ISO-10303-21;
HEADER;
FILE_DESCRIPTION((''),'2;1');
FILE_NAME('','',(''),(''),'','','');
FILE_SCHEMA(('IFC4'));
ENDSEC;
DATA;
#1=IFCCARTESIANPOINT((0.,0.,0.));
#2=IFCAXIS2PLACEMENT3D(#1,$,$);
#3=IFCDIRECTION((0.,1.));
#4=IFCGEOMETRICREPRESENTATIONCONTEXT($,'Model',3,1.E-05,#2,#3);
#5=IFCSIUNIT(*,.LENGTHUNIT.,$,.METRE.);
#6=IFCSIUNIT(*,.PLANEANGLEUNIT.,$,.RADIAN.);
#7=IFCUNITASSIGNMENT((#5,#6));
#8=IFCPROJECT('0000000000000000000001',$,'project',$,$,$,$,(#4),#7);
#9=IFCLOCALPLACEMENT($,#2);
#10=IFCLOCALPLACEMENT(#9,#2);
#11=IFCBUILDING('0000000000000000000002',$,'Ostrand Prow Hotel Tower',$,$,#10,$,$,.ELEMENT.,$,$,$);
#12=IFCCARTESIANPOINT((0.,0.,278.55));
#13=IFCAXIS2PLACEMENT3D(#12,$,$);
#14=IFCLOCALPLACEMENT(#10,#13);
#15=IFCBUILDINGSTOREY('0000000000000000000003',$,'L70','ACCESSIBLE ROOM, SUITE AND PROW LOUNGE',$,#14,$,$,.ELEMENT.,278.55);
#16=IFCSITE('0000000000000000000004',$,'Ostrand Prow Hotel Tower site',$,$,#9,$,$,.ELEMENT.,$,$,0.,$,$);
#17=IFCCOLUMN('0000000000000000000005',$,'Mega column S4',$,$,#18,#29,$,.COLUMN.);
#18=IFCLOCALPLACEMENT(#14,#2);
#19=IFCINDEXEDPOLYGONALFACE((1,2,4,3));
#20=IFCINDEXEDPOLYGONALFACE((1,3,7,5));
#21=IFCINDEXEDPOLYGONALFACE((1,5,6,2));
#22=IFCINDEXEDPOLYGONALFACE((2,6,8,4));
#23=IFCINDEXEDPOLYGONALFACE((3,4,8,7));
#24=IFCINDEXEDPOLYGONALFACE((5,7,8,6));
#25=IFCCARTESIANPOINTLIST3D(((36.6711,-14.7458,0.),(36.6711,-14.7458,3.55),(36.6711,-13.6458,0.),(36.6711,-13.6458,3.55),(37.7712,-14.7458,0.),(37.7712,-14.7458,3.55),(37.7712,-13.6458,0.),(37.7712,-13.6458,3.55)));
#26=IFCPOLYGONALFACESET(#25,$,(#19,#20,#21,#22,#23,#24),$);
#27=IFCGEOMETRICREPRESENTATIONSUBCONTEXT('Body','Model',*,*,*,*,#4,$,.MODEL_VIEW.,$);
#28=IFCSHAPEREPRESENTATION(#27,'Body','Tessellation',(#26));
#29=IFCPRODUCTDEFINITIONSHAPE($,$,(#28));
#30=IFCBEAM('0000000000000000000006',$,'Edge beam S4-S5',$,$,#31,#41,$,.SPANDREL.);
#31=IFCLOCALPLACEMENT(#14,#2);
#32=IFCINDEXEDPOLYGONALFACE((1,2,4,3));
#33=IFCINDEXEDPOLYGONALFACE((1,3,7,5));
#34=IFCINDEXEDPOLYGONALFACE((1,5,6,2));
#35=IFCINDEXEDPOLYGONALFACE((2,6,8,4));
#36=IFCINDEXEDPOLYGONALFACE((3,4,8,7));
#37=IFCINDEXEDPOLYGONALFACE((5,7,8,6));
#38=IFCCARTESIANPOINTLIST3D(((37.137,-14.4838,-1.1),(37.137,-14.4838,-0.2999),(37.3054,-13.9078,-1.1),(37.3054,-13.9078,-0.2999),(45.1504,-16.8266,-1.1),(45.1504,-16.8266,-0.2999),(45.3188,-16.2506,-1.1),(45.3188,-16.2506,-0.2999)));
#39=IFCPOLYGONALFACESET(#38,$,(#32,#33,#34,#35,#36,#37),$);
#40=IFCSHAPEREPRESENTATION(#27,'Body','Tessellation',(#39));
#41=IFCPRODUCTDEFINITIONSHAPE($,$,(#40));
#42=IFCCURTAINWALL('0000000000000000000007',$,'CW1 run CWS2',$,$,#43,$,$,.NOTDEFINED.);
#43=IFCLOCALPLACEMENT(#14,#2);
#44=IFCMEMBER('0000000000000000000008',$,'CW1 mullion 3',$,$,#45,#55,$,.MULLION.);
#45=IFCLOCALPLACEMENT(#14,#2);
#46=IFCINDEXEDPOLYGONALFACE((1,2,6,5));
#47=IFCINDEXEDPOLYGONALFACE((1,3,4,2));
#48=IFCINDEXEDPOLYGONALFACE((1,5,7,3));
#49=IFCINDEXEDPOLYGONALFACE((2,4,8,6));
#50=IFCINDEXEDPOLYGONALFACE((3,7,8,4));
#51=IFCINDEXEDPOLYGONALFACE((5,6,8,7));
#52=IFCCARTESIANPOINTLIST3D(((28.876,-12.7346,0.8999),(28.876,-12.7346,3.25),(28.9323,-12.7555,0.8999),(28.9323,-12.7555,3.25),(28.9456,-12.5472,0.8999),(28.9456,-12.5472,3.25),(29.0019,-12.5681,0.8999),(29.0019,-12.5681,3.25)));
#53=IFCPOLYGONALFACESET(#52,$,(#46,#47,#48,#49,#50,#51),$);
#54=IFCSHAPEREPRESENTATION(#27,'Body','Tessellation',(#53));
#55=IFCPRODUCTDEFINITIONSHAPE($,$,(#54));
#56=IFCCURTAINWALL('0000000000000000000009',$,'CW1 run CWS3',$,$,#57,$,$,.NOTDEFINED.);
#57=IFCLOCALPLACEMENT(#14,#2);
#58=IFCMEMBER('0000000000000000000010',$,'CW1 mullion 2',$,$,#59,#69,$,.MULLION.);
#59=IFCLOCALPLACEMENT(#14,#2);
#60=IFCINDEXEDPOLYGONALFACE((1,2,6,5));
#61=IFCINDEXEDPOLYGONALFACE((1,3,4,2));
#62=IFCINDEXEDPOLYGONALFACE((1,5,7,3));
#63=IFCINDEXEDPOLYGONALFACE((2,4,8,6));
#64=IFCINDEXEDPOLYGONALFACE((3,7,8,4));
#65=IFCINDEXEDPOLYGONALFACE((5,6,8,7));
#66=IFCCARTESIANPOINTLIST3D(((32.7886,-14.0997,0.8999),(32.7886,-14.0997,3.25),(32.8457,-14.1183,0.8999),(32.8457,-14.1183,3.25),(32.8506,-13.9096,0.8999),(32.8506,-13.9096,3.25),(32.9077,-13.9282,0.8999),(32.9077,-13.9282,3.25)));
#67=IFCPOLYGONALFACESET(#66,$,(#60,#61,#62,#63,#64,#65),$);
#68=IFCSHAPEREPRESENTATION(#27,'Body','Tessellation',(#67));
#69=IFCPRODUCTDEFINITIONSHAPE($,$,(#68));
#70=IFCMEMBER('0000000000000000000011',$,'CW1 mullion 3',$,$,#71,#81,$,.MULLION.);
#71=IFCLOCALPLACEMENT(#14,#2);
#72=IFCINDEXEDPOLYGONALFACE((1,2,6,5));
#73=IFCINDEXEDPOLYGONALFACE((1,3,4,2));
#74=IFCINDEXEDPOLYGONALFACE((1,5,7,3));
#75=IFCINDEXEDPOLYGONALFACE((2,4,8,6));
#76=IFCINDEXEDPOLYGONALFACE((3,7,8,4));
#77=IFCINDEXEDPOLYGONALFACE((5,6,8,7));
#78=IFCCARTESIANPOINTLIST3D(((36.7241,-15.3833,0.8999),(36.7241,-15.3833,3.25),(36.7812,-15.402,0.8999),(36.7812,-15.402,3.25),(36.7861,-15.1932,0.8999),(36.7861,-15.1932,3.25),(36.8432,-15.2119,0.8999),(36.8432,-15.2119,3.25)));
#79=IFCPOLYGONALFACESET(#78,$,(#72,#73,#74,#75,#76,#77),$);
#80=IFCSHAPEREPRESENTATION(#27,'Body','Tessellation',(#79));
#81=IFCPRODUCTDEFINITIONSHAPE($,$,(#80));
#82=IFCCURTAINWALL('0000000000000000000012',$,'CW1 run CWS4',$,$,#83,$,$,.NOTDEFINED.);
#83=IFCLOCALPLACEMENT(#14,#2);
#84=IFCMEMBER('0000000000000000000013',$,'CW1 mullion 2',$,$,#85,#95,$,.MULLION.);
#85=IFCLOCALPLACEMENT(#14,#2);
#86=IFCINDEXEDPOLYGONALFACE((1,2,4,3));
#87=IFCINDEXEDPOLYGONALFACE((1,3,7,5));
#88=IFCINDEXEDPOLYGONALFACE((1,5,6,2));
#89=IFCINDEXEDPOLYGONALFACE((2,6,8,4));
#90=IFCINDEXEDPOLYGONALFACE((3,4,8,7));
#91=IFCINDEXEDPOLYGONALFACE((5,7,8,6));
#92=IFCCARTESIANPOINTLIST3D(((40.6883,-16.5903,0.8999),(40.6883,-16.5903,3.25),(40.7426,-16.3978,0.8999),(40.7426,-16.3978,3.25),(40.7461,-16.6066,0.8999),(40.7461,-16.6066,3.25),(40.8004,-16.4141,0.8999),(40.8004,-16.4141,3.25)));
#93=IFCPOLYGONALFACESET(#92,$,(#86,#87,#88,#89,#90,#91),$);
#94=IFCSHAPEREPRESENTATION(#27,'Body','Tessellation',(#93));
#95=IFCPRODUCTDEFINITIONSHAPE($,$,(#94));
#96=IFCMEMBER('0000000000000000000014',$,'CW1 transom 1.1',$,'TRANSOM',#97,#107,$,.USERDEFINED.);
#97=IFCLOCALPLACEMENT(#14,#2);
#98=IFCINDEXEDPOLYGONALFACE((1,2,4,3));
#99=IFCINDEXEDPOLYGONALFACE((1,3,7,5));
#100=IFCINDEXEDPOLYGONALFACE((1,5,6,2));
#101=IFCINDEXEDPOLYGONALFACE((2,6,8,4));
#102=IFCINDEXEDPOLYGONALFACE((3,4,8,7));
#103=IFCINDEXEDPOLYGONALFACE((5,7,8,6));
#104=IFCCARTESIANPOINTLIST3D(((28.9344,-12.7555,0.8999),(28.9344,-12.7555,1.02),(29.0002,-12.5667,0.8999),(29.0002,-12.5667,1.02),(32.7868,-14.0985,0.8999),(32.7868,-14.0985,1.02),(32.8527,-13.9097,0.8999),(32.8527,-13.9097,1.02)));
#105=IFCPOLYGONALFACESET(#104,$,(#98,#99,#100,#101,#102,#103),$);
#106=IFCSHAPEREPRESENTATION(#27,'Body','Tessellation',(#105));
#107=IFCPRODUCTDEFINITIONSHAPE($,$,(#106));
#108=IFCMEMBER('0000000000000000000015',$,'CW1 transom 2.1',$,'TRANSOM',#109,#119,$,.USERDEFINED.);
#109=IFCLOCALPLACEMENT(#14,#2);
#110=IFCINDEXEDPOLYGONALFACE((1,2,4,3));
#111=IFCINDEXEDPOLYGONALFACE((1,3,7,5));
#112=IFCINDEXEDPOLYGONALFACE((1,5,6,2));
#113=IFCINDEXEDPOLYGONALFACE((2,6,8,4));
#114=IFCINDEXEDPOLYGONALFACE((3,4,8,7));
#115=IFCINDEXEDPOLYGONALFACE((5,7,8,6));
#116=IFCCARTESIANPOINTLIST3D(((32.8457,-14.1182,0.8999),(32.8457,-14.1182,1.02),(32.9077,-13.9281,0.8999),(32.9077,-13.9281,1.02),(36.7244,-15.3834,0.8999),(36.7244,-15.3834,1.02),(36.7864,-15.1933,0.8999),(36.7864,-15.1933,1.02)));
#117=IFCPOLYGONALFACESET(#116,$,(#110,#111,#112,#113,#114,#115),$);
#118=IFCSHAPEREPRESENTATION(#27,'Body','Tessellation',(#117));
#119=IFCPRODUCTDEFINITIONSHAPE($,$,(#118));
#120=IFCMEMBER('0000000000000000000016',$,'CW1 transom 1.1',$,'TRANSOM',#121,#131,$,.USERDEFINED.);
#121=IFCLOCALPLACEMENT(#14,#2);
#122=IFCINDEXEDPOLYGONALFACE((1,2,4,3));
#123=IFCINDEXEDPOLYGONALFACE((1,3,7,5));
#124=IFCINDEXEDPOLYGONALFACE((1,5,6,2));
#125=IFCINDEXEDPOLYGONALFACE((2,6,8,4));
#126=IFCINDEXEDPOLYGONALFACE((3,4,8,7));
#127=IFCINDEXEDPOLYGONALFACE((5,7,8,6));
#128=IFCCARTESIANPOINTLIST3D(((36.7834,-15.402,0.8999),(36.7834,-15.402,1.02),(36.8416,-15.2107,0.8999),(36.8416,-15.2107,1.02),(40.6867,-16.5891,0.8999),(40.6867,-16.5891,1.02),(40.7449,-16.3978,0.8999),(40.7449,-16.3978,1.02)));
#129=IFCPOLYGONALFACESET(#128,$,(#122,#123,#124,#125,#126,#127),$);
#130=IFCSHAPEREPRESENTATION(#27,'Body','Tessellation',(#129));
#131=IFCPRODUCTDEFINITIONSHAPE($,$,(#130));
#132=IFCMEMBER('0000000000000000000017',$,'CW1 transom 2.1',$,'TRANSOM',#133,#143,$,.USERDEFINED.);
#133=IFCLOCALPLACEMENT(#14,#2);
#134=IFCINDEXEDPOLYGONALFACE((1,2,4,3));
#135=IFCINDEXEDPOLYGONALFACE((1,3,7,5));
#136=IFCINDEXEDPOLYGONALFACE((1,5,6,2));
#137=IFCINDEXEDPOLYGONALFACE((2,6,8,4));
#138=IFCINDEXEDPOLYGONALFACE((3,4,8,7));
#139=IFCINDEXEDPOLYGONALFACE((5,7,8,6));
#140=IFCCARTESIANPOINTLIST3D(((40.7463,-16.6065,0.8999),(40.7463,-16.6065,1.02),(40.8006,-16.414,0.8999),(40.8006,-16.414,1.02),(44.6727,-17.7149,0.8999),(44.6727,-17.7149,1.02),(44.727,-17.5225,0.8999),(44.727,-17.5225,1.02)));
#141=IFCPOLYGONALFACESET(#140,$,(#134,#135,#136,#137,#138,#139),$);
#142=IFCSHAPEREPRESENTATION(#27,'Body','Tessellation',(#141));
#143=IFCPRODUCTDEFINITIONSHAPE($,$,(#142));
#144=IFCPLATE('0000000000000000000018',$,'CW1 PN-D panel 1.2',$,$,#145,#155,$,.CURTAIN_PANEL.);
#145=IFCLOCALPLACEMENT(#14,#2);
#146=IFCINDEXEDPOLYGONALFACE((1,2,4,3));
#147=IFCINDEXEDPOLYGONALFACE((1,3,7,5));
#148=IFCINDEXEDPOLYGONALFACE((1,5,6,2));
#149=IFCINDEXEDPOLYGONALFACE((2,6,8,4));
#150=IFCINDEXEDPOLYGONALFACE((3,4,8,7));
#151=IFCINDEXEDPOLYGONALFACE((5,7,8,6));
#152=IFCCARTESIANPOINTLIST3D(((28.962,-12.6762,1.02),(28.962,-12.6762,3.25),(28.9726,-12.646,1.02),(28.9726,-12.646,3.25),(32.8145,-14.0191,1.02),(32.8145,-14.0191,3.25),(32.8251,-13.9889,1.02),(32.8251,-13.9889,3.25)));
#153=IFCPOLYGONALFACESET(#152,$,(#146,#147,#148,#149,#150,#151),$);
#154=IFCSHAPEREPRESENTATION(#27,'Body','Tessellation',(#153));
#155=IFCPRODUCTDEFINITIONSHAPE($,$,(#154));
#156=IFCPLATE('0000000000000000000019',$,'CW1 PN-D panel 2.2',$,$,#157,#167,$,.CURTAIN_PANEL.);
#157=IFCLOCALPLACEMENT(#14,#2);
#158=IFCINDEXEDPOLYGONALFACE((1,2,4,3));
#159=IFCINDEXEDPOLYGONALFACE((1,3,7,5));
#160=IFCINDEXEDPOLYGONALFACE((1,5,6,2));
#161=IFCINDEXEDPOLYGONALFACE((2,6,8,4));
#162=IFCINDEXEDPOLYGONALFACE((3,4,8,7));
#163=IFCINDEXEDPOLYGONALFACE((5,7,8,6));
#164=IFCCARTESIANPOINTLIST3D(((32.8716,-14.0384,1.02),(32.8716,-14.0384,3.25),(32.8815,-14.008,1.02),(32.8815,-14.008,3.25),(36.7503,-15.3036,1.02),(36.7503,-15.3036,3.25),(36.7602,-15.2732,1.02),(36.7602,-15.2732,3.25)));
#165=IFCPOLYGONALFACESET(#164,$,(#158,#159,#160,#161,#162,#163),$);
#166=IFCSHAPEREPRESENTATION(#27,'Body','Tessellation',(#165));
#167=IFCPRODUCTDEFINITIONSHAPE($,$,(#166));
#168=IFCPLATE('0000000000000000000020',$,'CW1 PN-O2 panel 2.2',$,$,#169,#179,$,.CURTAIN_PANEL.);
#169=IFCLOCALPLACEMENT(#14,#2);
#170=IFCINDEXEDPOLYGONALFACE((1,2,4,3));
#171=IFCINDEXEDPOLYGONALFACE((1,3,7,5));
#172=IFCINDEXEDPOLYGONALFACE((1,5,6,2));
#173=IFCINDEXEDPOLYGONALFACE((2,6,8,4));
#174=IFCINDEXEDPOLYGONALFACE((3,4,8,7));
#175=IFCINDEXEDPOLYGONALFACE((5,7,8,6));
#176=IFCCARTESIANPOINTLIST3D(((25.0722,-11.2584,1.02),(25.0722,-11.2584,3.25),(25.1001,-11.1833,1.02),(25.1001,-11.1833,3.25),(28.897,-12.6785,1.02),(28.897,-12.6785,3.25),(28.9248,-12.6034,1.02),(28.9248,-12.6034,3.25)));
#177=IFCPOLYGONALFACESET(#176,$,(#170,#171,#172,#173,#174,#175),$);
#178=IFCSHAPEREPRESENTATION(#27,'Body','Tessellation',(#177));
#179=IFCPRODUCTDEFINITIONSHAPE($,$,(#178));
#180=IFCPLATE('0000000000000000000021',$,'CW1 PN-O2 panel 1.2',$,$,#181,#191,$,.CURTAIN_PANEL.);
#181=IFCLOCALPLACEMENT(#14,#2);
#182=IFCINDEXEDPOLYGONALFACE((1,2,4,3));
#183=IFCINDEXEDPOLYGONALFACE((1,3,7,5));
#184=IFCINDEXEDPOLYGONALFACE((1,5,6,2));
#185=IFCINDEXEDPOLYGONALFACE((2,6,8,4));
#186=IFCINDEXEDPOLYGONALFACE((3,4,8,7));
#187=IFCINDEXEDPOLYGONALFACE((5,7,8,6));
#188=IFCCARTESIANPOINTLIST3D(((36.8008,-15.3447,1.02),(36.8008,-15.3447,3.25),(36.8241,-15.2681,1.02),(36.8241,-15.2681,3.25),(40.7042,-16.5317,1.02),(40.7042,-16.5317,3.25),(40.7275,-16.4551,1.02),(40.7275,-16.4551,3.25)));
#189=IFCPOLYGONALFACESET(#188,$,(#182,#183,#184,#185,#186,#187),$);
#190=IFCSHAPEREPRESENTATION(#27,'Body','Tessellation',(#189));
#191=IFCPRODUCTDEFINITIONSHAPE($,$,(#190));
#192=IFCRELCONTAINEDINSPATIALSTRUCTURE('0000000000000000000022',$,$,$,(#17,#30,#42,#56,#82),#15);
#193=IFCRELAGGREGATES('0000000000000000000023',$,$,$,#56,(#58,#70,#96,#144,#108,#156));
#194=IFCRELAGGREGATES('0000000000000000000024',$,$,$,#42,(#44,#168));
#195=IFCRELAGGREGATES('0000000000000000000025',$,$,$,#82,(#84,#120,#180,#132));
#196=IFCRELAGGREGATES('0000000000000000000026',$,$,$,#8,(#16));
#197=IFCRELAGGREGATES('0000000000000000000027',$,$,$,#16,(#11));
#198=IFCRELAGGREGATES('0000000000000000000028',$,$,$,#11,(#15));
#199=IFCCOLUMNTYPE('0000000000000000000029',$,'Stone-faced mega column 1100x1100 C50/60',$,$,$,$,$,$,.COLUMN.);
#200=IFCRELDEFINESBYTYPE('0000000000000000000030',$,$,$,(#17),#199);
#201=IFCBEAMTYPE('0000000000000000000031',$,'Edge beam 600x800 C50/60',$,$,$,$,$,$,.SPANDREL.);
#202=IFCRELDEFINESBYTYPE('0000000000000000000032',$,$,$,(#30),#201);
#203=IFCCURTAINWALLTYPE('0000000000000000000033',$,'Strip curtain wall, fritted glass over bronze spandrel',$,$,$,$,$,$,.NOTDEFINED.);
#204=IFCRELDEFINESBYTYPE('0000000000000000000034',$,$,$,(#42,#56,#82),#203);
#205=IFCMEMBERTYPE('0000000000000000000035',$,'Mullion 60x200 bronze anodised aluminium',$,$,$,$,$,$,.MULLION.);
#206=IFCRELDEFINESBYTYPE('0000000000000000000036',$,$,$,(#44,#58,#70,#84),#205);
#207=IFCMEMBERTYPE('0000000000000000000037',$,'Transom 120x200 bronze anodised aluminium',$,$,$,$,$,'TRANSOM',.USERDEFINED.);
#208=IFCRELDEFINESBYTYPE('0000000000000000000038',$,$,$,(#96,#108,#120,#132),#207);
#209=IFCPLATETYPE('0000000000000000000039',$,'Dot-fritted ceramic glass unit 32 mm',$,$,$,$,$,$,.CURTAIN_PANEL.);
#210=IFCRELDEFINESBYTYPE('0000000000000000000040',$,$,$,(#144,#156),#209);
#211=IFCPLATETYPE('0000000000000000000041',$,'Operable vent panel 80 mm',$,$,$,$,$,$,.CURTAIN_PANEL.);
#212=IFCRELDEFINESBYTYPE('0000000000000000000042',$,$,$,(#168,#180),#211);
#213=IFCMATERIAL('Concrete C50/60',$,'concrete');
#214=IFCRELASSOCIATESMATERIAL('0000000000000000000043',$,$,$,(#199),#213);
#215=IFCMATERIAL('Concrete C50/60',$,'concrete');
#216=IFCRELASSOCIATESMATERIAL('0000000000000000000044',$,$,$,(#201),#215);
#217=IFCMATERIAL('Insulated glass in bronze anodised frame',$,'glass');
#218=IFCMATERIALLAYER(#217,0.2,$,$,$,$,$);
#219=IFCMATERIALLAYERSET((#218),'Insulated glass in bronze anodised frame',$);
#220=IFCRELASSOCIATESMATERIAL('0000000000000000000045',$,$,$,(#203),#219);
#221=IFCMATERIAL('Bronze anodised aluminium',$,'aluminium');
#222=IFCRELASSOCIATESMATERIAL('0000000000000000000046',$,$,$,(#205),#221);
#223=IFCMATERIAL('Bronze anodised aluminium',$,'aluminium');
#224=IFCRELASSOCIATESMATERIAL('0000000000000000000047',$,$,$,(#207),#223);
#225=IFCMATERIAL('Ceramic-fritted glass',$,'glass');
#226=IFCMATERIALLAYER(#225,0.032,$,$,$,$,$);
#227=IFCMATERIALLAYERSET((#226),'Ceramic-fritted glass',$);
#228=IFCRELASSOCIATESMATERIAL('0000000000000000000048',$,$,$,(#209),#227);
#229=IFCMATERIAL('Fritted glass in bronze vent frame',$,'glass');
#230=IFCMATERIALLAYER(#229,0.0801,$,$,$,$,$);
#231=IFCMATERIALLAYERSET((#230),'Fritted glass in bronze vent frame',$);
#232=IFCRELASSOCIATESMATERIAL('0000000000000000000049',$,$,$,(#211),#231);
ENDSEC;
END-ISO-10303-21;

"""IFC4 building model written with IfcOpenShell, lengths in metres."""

from ifc_helpers import new_model, si_unit, direction, frame, origin, origin_2d, place, context, subcontext, project, spatial, rectangle, extrude, material, layer, layer_set, material_profile, profile_set, type_object, element, aggregate, save


model = new_model("IFC4")

# Units and contexts
model_context = context("Model", 3, precision=1e-05, world=origin(), true_north=direction((0.0, 1.0)))
body_context = subcontext(model_context, "Body", "Model", "MODEL_VIEW")
ifc_project = project(units=[si_unit("LENGTHUNIT", "METRE"), si_unit("PLANEANGLEUNIT", "RADIAN")], contexts=[model_context])

# Site, building, storey
site_placement = place(None, origin())
site = spatial("IfcSite", under=ifc_project, at=site_placement, Name="Ostrand Prow Hotel Tower site", CompositionType="ELEMENT", RefElevation=0.0)
building_placement = place(site_placement, origin())
building = spatial("IfcBuilding", under=site, at=building_placement, Name="Ostrand Prow Hotel Tower", CompositionType="ELEMENT")
storey_placement = place(building_placement, frame((0.0, 0.0, 278.55)))
storey = spatial("IfcBuildingStorey", under=building, at=storey_placement, Name="L70", Description="ACCESSIBLE ROOM, SUITE AND PROW LOUNGE", CompositionType="ELEMENT", Elevation=278.55)

# Column
ifc_material_1 = material(Name="Concrete C50/60", Category="concrete")
ifc_material_profile_1 = material_profile(ifc_material_1, rectangle(XDim=1.1001, YDim=1.1001, at=origin_2d()), Name="RC 1100x1100")
ifc_profile_set_1 = profile_set([ifc_material_profile_1], Name="Concrete C50/60")
column_type = type_object("IfcColumnType", Name="Stone-faced mega column 1100x1100 C50/60", PredefinedType="COLUMN", material=ifc_profile_set_1)
column_placement = place(storey_placement, frame((37.2212, -14.1958, 0.0), z_axis=(0.0, 0.0, 1.0), x_axis=(1.0, 0.0, 0.0)))
element("IfcColumn", 1, at=column_placement, inside=storey, type_object=column_type, Name="Mega column S4", PredefinedType="COLUMN", context=body_context, shape_type="SweptSolid", body=[
    extrude(rectangle(XDim=1.1001, YDim=1.1001, at=origin_2d()), origin(), (0.0, 0.0, 1.0), 3.55),
])

# Beam
ifc_material_2 = material(Name="Concrete C50/60", Category="concrete")
ifc_material_profile_2 = material_profile(ifc_material_2, rectangle(XDim=0.6001, YDim=0.8, at=origin_2d()), Name="RC 600x800")
ifc_profile_set_2 = profile_set([ifc_material_profile_2], Name="Concrete C50/60")
beam_type = type_object("IfcBeamType", Name="Edge beam 600x800 C50/60", PredefinedType="SPANDREL", material=ifc_profile_set_2)
beam_placement = place(storey_placement, frame((37.2212, -14.1958, -0.7), z_axis=(0.959822, -0.28061, 0.0), x_axis=(0.28061, 0.959822, 0.0)))
element("IfcBeam", 2, at=beam_placement, inside=storey, type_object=beam_type, Name="Edge beam S4-S5", PredefinedType="SPANDREL", context=body_context, shape_type="SweptSolid", body=[
    extrude(rectangle(XDim=0.6001, YDim=0.8, at=origin_2d()), origin(), (0.0, 0.0, 1.0), 8.3489),
])

# Curtain wall, member
ifc_material_3 = material(Name="Insulated glass in bronze anodised frame", Category="glass")
ifc_layer_1 = layer(ifc_material_3, 0.2)
ifc_layer_set_1 = layer_set([ifc_layer_1], Name="Insulated glass in bronze anodised frame")
curtain_wall_type = type_object("IfcCurtainWallType", Name="Strip curtain wall, fritted glass over bronze spandrel", PredefinedType="NOTDEFINED", material=ifc_layer_set_1)
curtain_wall_1_placement = place(storey_placement, origin())
curtain_wall_1 = element("IfcCurtainWall", 3, at=curtain_wall_1_placement, inside=storey, type_object=curtain_wall_type, Name="CW1 run CWS2", PredefinedType="NOTDEFINED")
ifc_material_4 = material(Name="Bronze anodised aluminium", Category="aluminium")
ifc_material_profile_3 = material_profile(ifc_material_4, rectangle(XDim=0.2, YDim=0.0601, at=origin_2d()), Name="Mullion 60x200 bronze anodised aluminium")
ifc_profile_set_3 = profile_set([ifc_material_profile_3], Name="Bronze anodised aluminium")
member_type_1 = type_object("IfcMemberType", Name="Mullion 60x200 bronze anodised aluminium", PredefinedType="MULLION", material=ifc_profile_set_3)
member_1_placement = place(storey_placement, frame((28.939, -12.6514, 0.8999), z_axis=(0.0, 0.0, 1.0), x_axis=(0.348071, 0.937468, 0.0)))
member_1 = element("IfcMember", 4, at=member_1_placement, type_object=member_type_1, Name="CW1 mullion 3", PredefinedType="MULLION", context=body_context, shape_type="SweptSolid", body=[
    extrude(rectangle(XDim=0.2, YDim=0.0601, at=origin_2d()), origin(), (0.0, 0.0, 1.0), 2.3501),
])

# Curtain wall, members
curtain_wall_2_placement = place(storey_placement, origin())
curtain_wall_2 = element("IfcCurtainWall", 5, at=curtain_wall_2_placement, inside=storey, type_object=curtain_wall_type, Name="CW1 run CWS3", PredefinedType="NOTDEFINED")
member_2_placement = place(storey_placement, frame((32.8481, -14.0139, 0.8999), z_axis=(0.0, 0.0, 1.0), x_axis=(0.310111, 0.9507, 0.0)))
member_2 = element("IfcMember", 6, at=member_2_placement, type_object=member_type_1, Name="CW1 mullion 2", PredefinedType="MULLION", context=body_context, shape_type="SweptSolid", body=[
    extrude(rectangle(XDim=0.2, YDim=0.0601, at=origin_2d()), origin(), (0.0, 0.0, 1.0), 2.3501),
])
member_3_placement = place(storey_placement, frame((36.7837, -15.2976, 0.8999), z_axis=(0.0, 0.0, 1.0), x_axis=(0.310111, 0.9507, 0.0)))
member_3 = element("IfcMember", 7, at=member_3_placement, type_object=member_type_1, Name="CW1 mullion 3", PredefinedType="MULLION", context=body_context, shape_type="SweptSolid", body=[
    extrude(rectangle(XDim=0.2, YDim=0.0601, at=origin_2d()), origin(), (0.0, 0.0, 1.0), 2.3501),
])

# Curtain wall, member
curtain_wall_3_placement = place(storey_placement, origin())
curtain_wall_3 = element("IfcCurtainWall", 8, at=curtain_wall_3_placement, inside=storey, type_object=curtain_wall_type, Name="CW1 run CWS4", PredefinedType="NOTDEFINED")
member_4_placement = place(storey_placement, frame((40.7444, -16.5022, 0.8999), z_axis=(0.0, 0.0, 1.0), x_axis=(0.271649, 0.962396, 0.0)))
member_4 = element("IfcMember", 9, at=member_4_placement, type_object=member_type_1, Name="CW1 mullion 2", PredefinedType="MULLION", context=body_context, shape_type="SweptSolid", body=[
    extrude(rectangle(XDim=0.2, YDim=0.0601, at=origin_2d()), origin(), (0.0, 0.0, 1.0), 2.3501),
])

# Members
ifc_material_5 = material(Name="Bronze anodised aluminium", Category="aluminium")
ifc_material_profile_4 = material_profile(ifc_material_5, rectangle(XDim=0.2, YDim=0.1201, at=origin_2d()), Name="Transom 120x200 bronze anodised aluminium")
ifc_profile_set_4 = profile_set([ifc_material_profile_4], Name="Bronze anodised aluminium")
member_type_2 = type_object("IfcMemberType", Name="Transom 120x200 bronze anodised aluminium", ElementType="TRANSOM", PredefinedType="USERDEFINED", material=ifc_profile_set_4)
member_5_placement = place(storey_placement, frame((28.9673, -12.6611, 0.96), z_axis=(0.944268, -0.329177, 0.0), x_axis=(0.329177, 0.944268, 0.0)))
member_5 = element("IfcMember", 10, at=member_5_placement, type_object=member_type_2, Name="CW1 transom 1.1", ObjectType="TRANSOM", PredefinedType="USERDEFINED", context=body_context, shape_type="SweptSolid", body=[
    extrude(rectangle(XDim=0.2, YDim=0.1201, at=origin_2d()), origin(), (0.0, 0.0, 1.0), 4.0798),
])
member_6_placement = place(storey_placement, frame((32.8767, -14.0232, 0.96), z_axis=(0.950704, -0.310099, 0.0), x_axis=(0.310099, 0.950704, 0.0)))
member_6 = element("IfcMember", 11, at=member_6_placement, type_object=member_type_2, Name="CW1 transom 2.1", ObjectType="TRANSOM", PredefinedType="USERDEFINED", context=body_context, shape_type="SweptSolid", body=[
    extrude(rectangle(XDim=0.2, YDim=0.1201, at=origin_2d()), origin(), (0.0, 0.0, 1.0), 4.0798),
])
member_7_placement = place(storey_placement, frame((36.8125, -15.3064, 0.96), z_axis=(0.956739, -0.290947, 0.0), x_axis=(0.290947, 0.956739, 0.0)))
member_7 = element("IfcMember", 12, at=member_7_placement, type_object=member_type_2, Name="CW1 transom 1.1", ObjectType="TRANSOM", PredefinedType="USERDEFINED", context=body_context, shape_type="SweptSolid", body=[
    extrude(rectangle(XDim=0.2, YDim=0.1201, at=origin_2d()), origin(), (0.0, 0.0, 1.0), 4.0798),
])
member_8_placement = place(storey_placement, frame((40.7734, -16.5103, 0.96), z_axis=(0.962386, -0.271685, 0.0), x_axis=(0.271685, 0.962386, 0.0)))
member_8 = element("IfcMember", 13, at=member_8_placement, type_object=member_type_2, Name="CW1 transom 2.1", ObjectType="TRANSOM", PredefinedType="USERDEFINED", context=body_context, shape_type="SweptSolid", body=[
    extrude(rectangle(XDim=0.2, YDim=0.1201, at=origin_2d()), origin(), (0.0, 0.0, 1.0), 4.0798),
])

# Plates
ifc_material_6 = material(Name="Ceramic-fritted glass", Category="glass")
ifc_layer_2 = layer(ifc_material_6, 0.032)
ifc_layer_set_2 = layer_set([ifc_layer_2], Name="Ceramic-fritted glass")
plate_type_1 = type_object("IfcPlateType", Name="Dot-fritted ceramic glass unit 32 mm", PredefinedType="CURTAIN_PANEL", material=ifc_layer_set_2)
plate_1_placement = place(storey_placement, frame((30.8936, -13.3325, 1.02), z_axis=(0.0, 0.0, 1.0), x_axis=(0.944275, -0.329158, 0.0)))
plate_1 = element("IfcPlate", 14, at=plate_1_placement, type_object=plate_type_1, Name="CW1 PN-D panel 1.2", PredefinedType="CURTAIN_PANEL", context=body_context, shape_type="SweptSolid", body=[
    extrude(rectangle(XDim=4.0798, YDim=0.032, at=origin_2d()), origin(), (0.0, 0.0, 1.0), 2.23),
])
plate_2_placement = place(storey_placement, frame((34.8159, -14.6558, 1.02), z_axis=(0.0, 0.0, 1.0), x_axis=(0.9507, -0.310111, 0.0)))
plate_2 = element("IfcPlate", 15, at=plate_2_placement, type_object=plate_type_1, Name="CW1 PN-D panel 2.2", PredefinedType="CURTAIN_PANEL", context=body_context, shape_type="SweptSolid", body=[
    extrude(rectangle(XDim=4.0798, YDim=0.032, at=origin_2d()), origin(), (0.0, 0.0, 1.0), 2.23),
])
aggregate(curtain_wall_2, [member_2, member_3, member_5, plate_1, member_6, plate_2])
ifc_material_7 = material(Name="Fritted glass in bronze vent frame", Category="glass")
ifc_layer_3 = layer(ifc_material_7, 0.0801)
ifc_layer_set_3 = layer_set([ifc_layer_3], Name="Fritted glass in bronze vent frame")
plate_type_2 = type_object("IfcPlateType", Name="Operable vent panel 80 mm", PredefinedType="CURTAIN_PANEL", material=ifc_layer_set_3)
plate_3_placement = place(storey_placement, frame((26.9985, -11.9309, 1.02), z_axis=(0.0, 0.0, 1.0), x_axis=(0.937468, -0.348071, 0.0)))
plate_3 = element("IfcPlate", 16, at=plate_3_placement, type_object=plate_type_2, Name="CW1 PN-O2 panel 2.2", PredefinedType="CURTAIN_PANEL", context=body_context, shape_type="SweptSolid", body=[
    extrude(rectangle(XDim=4.0798, YDim=0.0801, at=origin_2d()), origin(), (0.0, 0.0, 1.0), 2.23),
])
aggregate(curtain_wall_1, [member_1, plate_3])
plate_4_placement = place(storey_placement, frame((38.7642, -15.8999, 1.02), z_axis=(0.0, 0.0, 1.0), x_axis=(0.956742, -0.290938, 0.0)))
plate_4 = element("IfcPlate", 17, at=plate_4_placement, type_object=plate_type_2, Name="CW1 PN-O2 panel 1.2", PredefinedType="CURTAIN_PANEL", context=body_context, shape_type="SweptSolid", body=[
    extrude(rectangle(XDim=4.0798, YDim=0.0801, at=origin_2d()), origin(), (0.0, 0.0, 1.0), 2.23),
])
aggregate(curtain_wall_3, [member_4, member_7, plate_4, member_8])

save(model, "model.ifc")
